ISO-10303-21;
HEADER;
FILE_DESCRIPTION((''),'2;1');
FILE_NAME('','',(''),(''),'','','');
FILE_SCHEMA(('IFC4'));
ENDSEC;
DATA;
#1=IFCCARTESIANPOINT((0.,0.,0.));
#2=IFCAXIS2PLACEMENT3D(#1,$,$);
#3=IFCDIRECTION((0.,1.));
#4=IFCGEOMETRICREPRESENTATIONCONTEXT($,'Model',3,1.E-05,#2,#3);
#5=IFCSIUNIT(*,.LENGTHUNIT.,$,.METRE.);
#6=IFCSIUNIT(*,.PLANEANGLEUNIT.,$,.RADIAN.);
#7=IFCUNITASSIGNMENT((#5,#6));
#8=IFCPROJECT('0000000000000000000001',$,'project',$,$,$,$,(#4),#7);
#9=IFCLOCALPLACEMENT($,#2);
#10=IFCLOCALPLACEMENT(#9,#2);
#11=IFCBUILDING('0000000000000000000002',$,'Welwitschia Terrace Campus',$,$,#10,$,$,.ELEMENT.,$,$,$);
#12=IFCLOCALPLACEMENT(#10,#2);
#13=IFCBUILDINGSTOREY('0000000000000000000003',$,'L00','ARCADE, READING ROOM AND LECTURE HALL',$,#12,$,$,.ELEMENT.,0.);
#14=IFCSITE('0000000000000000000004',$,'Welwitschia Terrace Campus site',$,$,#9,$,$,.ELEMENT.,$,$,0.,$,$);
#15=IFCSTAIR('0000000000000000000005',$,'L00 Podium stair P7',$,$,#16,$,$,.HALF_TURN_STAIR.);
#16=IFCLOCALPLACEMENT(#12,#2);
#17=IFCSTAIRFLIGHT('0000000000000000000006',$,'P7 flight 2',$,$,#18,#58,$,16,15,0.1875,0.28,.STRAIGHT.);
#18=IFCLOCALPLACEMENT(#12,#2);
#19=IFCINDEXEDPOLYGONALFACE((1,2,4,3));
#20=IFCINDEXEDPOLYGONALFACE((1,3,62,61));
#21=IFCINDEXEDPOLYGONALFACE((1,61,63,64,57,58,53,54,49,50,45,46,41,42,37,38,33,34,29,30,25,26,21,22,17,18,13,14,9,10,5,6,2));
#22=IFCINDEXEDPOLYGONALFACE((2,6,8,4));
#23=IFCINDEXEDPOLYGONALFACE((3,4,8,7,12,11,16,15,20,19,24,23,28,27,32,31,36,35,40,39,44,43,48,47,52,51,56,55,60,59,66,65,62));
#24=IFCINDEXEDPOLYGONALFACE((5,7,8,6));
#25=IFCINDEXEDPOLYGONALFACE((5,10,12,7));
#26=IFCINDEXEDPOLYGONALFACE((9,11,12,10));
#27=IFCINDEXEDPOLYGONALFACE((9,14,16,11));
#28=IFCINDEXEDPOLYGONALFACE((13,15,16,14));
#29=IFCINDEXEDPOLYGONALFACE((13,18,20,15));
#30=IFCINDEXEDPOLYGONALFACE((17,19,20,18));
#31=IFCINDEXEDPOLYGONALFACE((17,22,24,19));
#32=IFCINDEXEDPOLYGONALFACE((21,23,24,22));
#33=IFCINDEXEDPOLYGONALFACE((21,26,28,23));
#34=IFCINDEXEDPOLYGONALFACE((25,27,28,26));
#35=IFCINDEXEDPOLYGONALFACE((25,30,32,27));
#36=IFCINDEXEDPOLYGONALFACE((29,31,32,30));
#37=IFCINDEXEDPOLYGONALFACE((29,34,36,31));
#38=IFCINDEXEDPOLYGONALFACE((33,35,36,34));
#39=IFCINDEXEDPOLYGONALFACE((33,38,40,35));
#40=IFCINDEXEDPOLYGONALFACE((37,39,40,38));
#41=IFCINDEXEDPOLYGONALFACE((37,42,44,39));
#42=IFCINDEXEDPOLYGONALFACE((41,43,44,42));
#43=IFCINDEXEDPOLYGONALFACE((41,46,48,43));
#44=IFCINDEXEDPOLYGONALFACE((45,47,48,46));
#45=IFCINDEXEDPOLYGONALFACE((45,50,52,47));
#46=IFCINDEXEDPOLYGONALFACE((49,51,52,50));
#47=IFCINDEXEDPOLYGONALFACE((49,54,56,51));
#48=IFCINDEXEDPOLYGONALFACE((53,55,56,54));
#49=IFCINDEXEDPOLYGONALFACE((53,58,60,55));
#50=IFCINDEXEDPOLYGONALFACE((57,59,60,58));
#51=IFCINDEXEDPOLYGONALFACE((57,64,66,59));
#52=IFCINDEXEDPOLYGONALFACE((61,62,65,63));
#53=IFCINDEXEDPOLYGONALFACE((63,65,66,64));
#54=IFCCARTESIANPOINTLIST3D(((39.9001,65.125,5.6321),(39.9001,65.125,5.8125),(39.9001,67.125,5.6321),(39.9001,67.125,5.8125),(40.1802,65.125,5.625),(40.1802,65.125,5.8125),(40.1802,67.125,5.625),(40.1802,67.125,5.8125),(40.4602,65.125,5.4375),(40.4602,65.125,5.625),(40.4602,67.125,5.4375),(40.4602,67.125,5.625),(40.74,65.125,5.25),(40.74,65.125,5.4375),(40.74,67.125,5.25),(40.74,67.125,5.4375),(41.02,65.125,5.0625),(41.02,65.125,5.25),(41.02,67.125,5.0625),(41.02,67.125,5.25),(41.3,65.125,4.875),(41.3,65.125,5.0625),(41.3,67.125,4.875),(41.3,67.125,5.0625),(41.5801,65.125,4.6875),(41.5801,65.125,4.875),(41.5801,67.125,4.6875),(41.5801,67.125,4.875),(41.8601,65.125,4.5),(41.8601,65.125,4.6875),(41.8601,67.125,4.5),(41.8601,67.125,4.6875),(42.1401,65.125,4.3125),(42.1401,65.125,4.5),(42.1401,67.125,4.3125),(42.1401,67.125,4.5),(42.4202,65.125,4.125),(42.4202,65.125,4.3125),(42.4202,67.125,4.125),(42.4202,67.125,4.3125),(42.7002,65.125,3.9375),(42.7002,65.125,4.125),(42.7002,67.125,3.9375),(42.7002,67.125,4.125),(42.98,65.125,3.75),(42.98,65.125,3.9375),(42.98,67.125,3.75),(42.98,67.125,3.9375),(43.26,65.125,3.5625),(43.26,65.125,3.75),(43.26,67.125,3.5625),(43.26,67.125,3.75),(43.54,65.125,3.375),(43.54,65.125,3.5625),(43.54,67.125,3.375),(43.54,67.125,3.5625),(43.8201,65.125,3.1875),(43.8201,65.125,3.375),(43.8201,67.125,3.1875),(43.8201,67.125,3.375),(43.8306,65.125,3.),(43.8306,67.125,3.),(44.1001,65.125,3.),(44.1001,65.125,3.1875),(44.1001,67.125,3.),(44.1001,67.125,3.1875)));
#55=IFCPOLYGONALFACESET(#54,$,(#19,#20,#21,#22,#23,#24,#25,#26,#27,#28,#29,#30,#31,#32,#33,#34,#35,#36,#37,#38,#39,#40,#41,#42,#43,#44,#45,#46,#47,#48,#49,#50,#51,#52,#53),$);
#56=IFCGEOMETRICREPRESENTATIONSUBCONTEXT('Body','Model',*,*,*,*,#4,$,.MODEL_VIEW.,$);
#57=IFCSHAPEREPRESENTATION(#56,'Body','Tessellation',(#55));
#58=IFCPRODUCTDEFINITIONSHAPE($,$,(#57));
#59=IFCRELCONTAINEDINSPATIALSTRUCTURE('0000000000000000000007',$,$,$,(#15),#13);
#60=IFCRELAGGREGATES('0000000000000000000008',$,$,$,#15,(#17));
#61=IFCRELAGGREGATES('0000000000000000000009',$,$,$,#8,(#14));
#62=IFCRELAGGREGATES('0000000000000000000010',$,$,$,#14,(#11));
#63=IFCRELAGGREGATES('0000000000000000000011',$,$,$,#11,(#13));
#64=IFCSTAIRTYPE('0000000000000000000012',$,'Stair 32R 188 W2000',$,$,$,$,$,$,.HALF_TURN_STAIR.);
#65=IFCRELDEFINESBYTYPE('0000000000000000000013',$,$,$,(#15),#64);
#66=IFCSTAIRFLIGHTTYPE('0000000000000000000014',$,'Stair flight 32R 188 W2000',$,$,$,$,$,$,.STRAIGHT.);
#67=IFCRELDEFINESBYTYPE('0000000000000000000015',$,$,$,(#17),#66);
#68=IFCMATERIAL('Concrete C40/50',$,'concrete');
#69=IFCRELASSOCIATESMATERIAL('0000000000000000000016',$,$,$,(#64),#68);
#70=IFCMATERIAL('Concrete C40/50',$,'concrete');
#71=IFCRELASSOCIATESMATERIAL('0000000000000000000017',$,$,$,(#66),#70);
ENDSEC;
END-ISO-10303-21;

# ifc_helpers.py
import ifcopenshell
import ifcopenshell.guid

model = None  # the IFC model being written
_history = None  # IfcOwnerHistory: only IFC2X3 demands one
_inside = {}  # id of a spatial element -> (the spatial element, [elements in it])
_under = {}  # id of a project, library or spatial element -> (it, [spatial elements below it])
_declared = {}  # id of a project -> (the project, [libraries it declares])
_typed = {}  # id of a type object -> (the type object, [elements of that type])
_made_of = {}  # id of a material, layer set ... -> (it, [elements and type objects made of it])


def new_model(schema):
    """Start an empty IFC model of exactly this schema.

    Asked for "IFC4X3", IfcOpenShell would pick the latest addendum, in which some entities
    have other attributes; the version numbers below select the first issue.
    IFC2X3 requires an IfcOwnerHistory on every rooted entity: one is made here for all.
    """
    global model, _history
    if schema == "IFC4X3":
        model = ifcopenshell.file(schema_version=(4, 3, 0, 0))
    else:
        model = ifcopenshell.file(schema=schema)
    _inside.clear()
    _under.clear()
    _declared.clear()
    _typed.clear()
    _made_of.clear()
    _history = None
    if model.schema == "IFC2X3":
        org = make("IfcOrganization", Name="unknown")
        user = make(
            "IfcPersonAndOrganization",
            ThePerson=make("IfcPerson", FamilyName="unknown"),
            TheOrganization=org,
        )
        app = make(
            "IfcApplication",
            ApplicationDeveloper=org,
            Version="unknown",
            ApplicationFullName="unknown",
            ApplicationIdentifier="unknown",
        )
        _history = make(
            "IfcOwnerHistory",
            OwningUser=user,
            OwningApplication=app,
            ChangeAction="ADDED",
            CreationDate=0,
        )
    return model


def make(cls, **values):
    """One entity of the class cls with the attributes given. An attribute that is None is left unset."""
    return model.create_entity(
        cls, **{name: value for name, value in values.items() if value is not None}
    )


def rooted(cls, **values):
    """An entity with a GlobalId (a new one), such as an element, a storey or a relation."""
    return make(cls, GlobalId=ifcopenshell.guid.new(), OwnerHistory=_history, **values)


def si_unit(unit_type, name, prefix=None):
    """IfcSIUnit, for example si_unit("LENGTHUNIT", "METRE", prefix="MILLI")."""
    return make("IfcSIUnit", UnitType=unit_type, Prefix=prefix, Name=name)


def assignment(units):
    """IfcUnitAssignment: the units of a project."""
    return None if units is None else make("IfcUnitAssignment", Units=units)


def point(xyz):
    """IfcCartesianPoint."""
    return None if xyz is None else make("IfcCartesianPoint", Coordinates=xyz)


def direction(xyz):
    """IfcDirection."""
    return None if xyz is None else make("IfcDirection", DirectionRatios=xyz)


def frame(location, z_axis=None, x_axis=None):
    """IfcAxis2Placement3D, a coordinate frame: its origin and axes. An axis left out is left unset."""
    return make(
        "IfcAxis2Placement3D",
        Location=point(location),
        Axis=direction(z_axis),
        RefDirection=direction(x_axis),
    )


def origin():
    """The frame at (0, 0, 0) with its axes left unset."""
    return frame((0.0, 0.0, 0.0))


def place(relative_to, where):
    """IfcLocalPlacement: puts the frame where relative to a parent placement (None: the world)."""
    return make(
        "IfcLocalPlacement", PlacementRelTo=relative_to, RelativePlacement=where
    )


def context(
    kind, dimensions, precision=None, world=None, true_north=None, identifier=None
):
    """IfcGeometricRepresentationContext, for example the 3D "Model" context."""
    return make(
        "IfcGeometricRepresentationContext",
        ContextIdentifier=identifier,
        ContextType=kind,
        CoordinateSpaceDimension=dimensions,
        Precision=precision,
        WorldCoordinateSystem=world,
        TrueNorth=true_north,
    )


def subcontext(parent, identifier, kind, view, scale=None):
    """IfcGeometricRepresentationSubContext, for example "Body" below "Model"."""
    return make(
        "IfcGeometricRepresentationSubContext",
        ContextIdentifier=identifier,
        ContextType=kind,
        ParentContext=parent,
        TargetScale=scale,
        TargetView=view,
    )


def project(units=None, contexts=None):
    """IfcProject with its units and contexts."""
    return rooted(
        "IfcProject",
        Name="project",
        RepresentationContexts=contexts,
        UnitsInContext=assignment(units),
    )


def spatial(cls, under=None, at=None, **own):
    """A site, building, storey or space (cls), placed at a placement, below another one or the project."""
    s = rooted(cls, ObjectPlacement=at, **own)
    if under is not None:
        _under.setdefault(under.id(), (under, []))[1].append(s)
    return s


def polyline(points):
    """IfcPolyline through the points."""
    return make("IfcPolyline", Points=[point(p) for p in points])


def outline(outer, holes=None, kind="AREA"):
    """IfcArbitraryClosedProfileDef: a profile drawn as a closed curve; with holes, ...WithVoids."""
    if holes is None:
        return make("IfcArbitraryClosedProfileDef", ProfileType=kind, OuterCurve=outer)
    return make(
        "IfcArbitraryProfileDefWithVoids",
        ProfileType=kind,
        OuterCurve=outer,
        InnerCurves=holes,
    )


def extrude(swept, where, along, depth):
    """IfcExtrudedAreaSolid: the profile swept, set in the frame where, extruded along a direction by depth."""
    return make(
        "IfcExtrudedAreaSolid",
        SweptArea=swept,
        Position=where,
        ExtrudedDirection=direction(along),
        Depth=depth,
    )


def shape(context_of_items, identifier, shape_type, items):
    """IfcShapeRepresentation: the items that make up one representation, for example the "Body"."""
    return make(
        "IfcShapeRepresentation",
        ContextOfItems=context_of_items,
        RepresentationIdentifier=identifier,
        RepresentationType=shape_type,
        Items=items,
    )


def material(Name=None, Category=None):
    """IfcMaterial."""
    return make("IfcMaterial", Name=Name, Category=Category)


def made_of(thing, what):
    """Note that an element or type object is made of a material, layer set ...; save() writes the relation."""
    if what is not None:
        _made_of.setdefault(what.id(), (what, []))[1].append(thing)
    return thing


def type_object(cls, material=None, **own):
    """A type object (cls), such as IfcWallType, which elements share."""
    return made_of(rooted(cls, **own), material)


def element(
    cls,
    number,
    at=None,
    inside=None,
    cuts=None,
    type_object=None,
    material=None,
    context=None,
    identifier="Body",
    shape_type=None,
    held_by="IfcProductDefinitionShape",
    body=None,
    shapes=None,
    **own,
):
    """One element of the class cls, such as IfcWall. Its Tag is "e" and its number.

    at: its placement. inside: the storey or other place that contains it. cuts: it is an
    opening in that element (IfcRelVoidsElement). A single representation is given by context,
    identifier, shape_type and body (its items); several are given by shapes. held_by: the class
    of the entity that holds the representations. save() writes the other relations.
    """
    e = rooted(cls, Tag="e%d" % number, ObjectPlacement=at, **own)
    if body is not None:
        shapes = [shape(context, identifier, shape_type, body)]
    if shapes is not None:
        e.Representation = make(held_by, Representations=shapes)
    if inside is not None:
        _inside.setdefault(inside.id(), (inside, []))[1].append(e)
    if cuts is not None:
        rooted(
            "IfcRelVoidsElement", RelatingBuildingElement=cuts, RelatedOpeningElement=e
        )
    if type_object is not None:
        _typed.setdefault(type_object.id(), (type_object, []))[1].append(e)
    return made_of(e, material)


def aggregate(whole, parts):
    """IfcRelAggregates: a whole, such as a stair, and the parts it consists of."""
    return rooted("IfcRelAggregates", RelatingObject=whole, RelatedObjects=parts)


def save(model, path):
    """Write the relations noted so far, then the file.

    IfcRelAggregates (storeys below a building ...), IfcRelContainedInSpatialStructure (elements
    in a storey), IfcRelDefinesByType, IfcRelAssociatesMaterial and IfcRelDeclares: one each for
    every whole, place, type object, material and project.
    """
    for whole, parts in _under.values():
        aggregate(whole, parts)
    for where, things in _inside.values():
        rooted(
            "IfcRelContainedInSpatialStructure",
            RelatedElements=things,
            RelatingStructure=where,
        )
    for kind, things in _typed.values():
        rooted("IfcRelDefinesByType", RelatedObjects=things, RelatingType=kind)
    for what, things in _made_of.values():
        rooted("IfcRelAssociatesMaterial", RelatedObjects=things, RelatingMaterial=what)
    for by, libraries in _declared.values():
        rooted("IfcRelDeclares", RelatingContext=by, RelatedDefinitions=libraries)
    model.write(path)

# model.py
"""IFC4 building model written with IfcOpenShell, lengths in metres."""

from ifc_helpers import new_model, si_unit, direction, frame, origin, place, context, subcontext, project, spatial, polyline, outline, extrude, material, type_object, element, aggregate, save


model = new_model("IFC4")

# Units and contexts
model_context = context("Model", 3, precision=1e-05, world=origin(), true_north=direction((0.0, 1.0)))
body_context = subcontext(model_context, "Body", "Model", "MODEL_VIEW")
ifc_project = project(units=[si_unit("LENGTHUNIT", "METRE"), si_unit("PLANEANGLEUNIT", "RADIAN")], contexts=[model_context])

# Site, building, storey
site_placement = place(None, origin())
site = spatial("IfcSite", under=ifc_project, at=site_placement, Name="Welwitschia Terrace Campus site", CompositionType="ELEMENT", RefElevation=0.0)
building_placement = place(site_placement, origin())
building = spatial("IfcBuilding", under=site, at=building_placement, Name="Welwitschia Terrace Campus", CompositionType="ELEMENT")
storey_placement = place(building_placement, origin())
storey = spatial("IfcBuildingStorey", under=building, at=storey_placement, Name="L00", Description="ARCADE, READING ROOM AND LECTURE HALL", CompositionType="ELEMENT", Elevation=0.0)

# Stair, stair flight
ifc_material_1 = material(Name="Concrete C40/50", Category="concrete")
stair_type = type_object("IfcStairType", Name="Stair 32R 188 W2000", PredefinedType="HALF_TURN_STAIR", material=ifc_material_1)
stair_placement = place(storey_placement, origin())
stair = element("IfcStair", 1, at=stair_placement, inside=storey, type_object=stair_type, Name="L00 Podium stair P7", PredefinedType="HALF_TURN_STAIR")
ifc_material_2 = material(Name="Concrete C40/50", Category="concrete")
stair_flight_type = type_object("IfcStairFlightType", Name="Stair flight 32R 188 W2000", PredefinedType="STRAIGHT", material=ifc_material_2)
stair_flight_placement = place(storey_placement, frame((44.1001, 66.125, 3.0), z_axis=(0.0, 0.0, 1.0), x_axis=(-1.0, 0.0, 0.0)))
stair_flight = element("IfcStairFlight", 2, at=stair_flight_placement, type_object=stair_flight_type, Name="P7 flight 2", NumberOfRisers=16, NumberOfTreads=15, PredefinedType="STRAIGHT", RiserHeight=0.1875, TreadLength=0.28, context=body_context, shape_type="SweptSolid", body=[
    extrude(outline(polyline([(0.0, 0.0), (0.0, 0.1875), (0.28, 0.1875), (0.28, 0.375), (0.5601, 0.375), (0.5601, 0.5625), (0.8401, 0.5625), (0.8401, 0.75), (1.1201, 0.75), (1.1201, 0.9375), (1.3999, 0.9375), (1.3999, 1.125), (1.6799, 1.125), (1.6799, 1.3125), (1.96, 1.3125), (1.96, 1.5), (2.24, 1.5), (2.24, 1.6875), (2.52, 1.6875), (2.52, 1.875), (2.8, 1.875), (2.8, 2.0625), (3.0801, 2.0625), (3.0801, 2.25), (3.3601, 2.25), (3.3601, 2.4375), (3.6399, 2.4375), (3.6399, 2.625), (3.9199, 2.625), (3.9199, 2.8125), (4.2, 2.8125), (4.2, 3.0), (4.2, 2.6321), (0.2695, 0.0), (0.0, 0.0)])), frame((0.0, 1.0, 0.0), z_axis=(0.0, -1.0, 0.0), x_axis=(1.0, 0.0, 0.0)), (0.0, 0.0, 1.0), 2.0),
])
aggregate(stair, [stair_flight])

save(model, "model.ifc")
